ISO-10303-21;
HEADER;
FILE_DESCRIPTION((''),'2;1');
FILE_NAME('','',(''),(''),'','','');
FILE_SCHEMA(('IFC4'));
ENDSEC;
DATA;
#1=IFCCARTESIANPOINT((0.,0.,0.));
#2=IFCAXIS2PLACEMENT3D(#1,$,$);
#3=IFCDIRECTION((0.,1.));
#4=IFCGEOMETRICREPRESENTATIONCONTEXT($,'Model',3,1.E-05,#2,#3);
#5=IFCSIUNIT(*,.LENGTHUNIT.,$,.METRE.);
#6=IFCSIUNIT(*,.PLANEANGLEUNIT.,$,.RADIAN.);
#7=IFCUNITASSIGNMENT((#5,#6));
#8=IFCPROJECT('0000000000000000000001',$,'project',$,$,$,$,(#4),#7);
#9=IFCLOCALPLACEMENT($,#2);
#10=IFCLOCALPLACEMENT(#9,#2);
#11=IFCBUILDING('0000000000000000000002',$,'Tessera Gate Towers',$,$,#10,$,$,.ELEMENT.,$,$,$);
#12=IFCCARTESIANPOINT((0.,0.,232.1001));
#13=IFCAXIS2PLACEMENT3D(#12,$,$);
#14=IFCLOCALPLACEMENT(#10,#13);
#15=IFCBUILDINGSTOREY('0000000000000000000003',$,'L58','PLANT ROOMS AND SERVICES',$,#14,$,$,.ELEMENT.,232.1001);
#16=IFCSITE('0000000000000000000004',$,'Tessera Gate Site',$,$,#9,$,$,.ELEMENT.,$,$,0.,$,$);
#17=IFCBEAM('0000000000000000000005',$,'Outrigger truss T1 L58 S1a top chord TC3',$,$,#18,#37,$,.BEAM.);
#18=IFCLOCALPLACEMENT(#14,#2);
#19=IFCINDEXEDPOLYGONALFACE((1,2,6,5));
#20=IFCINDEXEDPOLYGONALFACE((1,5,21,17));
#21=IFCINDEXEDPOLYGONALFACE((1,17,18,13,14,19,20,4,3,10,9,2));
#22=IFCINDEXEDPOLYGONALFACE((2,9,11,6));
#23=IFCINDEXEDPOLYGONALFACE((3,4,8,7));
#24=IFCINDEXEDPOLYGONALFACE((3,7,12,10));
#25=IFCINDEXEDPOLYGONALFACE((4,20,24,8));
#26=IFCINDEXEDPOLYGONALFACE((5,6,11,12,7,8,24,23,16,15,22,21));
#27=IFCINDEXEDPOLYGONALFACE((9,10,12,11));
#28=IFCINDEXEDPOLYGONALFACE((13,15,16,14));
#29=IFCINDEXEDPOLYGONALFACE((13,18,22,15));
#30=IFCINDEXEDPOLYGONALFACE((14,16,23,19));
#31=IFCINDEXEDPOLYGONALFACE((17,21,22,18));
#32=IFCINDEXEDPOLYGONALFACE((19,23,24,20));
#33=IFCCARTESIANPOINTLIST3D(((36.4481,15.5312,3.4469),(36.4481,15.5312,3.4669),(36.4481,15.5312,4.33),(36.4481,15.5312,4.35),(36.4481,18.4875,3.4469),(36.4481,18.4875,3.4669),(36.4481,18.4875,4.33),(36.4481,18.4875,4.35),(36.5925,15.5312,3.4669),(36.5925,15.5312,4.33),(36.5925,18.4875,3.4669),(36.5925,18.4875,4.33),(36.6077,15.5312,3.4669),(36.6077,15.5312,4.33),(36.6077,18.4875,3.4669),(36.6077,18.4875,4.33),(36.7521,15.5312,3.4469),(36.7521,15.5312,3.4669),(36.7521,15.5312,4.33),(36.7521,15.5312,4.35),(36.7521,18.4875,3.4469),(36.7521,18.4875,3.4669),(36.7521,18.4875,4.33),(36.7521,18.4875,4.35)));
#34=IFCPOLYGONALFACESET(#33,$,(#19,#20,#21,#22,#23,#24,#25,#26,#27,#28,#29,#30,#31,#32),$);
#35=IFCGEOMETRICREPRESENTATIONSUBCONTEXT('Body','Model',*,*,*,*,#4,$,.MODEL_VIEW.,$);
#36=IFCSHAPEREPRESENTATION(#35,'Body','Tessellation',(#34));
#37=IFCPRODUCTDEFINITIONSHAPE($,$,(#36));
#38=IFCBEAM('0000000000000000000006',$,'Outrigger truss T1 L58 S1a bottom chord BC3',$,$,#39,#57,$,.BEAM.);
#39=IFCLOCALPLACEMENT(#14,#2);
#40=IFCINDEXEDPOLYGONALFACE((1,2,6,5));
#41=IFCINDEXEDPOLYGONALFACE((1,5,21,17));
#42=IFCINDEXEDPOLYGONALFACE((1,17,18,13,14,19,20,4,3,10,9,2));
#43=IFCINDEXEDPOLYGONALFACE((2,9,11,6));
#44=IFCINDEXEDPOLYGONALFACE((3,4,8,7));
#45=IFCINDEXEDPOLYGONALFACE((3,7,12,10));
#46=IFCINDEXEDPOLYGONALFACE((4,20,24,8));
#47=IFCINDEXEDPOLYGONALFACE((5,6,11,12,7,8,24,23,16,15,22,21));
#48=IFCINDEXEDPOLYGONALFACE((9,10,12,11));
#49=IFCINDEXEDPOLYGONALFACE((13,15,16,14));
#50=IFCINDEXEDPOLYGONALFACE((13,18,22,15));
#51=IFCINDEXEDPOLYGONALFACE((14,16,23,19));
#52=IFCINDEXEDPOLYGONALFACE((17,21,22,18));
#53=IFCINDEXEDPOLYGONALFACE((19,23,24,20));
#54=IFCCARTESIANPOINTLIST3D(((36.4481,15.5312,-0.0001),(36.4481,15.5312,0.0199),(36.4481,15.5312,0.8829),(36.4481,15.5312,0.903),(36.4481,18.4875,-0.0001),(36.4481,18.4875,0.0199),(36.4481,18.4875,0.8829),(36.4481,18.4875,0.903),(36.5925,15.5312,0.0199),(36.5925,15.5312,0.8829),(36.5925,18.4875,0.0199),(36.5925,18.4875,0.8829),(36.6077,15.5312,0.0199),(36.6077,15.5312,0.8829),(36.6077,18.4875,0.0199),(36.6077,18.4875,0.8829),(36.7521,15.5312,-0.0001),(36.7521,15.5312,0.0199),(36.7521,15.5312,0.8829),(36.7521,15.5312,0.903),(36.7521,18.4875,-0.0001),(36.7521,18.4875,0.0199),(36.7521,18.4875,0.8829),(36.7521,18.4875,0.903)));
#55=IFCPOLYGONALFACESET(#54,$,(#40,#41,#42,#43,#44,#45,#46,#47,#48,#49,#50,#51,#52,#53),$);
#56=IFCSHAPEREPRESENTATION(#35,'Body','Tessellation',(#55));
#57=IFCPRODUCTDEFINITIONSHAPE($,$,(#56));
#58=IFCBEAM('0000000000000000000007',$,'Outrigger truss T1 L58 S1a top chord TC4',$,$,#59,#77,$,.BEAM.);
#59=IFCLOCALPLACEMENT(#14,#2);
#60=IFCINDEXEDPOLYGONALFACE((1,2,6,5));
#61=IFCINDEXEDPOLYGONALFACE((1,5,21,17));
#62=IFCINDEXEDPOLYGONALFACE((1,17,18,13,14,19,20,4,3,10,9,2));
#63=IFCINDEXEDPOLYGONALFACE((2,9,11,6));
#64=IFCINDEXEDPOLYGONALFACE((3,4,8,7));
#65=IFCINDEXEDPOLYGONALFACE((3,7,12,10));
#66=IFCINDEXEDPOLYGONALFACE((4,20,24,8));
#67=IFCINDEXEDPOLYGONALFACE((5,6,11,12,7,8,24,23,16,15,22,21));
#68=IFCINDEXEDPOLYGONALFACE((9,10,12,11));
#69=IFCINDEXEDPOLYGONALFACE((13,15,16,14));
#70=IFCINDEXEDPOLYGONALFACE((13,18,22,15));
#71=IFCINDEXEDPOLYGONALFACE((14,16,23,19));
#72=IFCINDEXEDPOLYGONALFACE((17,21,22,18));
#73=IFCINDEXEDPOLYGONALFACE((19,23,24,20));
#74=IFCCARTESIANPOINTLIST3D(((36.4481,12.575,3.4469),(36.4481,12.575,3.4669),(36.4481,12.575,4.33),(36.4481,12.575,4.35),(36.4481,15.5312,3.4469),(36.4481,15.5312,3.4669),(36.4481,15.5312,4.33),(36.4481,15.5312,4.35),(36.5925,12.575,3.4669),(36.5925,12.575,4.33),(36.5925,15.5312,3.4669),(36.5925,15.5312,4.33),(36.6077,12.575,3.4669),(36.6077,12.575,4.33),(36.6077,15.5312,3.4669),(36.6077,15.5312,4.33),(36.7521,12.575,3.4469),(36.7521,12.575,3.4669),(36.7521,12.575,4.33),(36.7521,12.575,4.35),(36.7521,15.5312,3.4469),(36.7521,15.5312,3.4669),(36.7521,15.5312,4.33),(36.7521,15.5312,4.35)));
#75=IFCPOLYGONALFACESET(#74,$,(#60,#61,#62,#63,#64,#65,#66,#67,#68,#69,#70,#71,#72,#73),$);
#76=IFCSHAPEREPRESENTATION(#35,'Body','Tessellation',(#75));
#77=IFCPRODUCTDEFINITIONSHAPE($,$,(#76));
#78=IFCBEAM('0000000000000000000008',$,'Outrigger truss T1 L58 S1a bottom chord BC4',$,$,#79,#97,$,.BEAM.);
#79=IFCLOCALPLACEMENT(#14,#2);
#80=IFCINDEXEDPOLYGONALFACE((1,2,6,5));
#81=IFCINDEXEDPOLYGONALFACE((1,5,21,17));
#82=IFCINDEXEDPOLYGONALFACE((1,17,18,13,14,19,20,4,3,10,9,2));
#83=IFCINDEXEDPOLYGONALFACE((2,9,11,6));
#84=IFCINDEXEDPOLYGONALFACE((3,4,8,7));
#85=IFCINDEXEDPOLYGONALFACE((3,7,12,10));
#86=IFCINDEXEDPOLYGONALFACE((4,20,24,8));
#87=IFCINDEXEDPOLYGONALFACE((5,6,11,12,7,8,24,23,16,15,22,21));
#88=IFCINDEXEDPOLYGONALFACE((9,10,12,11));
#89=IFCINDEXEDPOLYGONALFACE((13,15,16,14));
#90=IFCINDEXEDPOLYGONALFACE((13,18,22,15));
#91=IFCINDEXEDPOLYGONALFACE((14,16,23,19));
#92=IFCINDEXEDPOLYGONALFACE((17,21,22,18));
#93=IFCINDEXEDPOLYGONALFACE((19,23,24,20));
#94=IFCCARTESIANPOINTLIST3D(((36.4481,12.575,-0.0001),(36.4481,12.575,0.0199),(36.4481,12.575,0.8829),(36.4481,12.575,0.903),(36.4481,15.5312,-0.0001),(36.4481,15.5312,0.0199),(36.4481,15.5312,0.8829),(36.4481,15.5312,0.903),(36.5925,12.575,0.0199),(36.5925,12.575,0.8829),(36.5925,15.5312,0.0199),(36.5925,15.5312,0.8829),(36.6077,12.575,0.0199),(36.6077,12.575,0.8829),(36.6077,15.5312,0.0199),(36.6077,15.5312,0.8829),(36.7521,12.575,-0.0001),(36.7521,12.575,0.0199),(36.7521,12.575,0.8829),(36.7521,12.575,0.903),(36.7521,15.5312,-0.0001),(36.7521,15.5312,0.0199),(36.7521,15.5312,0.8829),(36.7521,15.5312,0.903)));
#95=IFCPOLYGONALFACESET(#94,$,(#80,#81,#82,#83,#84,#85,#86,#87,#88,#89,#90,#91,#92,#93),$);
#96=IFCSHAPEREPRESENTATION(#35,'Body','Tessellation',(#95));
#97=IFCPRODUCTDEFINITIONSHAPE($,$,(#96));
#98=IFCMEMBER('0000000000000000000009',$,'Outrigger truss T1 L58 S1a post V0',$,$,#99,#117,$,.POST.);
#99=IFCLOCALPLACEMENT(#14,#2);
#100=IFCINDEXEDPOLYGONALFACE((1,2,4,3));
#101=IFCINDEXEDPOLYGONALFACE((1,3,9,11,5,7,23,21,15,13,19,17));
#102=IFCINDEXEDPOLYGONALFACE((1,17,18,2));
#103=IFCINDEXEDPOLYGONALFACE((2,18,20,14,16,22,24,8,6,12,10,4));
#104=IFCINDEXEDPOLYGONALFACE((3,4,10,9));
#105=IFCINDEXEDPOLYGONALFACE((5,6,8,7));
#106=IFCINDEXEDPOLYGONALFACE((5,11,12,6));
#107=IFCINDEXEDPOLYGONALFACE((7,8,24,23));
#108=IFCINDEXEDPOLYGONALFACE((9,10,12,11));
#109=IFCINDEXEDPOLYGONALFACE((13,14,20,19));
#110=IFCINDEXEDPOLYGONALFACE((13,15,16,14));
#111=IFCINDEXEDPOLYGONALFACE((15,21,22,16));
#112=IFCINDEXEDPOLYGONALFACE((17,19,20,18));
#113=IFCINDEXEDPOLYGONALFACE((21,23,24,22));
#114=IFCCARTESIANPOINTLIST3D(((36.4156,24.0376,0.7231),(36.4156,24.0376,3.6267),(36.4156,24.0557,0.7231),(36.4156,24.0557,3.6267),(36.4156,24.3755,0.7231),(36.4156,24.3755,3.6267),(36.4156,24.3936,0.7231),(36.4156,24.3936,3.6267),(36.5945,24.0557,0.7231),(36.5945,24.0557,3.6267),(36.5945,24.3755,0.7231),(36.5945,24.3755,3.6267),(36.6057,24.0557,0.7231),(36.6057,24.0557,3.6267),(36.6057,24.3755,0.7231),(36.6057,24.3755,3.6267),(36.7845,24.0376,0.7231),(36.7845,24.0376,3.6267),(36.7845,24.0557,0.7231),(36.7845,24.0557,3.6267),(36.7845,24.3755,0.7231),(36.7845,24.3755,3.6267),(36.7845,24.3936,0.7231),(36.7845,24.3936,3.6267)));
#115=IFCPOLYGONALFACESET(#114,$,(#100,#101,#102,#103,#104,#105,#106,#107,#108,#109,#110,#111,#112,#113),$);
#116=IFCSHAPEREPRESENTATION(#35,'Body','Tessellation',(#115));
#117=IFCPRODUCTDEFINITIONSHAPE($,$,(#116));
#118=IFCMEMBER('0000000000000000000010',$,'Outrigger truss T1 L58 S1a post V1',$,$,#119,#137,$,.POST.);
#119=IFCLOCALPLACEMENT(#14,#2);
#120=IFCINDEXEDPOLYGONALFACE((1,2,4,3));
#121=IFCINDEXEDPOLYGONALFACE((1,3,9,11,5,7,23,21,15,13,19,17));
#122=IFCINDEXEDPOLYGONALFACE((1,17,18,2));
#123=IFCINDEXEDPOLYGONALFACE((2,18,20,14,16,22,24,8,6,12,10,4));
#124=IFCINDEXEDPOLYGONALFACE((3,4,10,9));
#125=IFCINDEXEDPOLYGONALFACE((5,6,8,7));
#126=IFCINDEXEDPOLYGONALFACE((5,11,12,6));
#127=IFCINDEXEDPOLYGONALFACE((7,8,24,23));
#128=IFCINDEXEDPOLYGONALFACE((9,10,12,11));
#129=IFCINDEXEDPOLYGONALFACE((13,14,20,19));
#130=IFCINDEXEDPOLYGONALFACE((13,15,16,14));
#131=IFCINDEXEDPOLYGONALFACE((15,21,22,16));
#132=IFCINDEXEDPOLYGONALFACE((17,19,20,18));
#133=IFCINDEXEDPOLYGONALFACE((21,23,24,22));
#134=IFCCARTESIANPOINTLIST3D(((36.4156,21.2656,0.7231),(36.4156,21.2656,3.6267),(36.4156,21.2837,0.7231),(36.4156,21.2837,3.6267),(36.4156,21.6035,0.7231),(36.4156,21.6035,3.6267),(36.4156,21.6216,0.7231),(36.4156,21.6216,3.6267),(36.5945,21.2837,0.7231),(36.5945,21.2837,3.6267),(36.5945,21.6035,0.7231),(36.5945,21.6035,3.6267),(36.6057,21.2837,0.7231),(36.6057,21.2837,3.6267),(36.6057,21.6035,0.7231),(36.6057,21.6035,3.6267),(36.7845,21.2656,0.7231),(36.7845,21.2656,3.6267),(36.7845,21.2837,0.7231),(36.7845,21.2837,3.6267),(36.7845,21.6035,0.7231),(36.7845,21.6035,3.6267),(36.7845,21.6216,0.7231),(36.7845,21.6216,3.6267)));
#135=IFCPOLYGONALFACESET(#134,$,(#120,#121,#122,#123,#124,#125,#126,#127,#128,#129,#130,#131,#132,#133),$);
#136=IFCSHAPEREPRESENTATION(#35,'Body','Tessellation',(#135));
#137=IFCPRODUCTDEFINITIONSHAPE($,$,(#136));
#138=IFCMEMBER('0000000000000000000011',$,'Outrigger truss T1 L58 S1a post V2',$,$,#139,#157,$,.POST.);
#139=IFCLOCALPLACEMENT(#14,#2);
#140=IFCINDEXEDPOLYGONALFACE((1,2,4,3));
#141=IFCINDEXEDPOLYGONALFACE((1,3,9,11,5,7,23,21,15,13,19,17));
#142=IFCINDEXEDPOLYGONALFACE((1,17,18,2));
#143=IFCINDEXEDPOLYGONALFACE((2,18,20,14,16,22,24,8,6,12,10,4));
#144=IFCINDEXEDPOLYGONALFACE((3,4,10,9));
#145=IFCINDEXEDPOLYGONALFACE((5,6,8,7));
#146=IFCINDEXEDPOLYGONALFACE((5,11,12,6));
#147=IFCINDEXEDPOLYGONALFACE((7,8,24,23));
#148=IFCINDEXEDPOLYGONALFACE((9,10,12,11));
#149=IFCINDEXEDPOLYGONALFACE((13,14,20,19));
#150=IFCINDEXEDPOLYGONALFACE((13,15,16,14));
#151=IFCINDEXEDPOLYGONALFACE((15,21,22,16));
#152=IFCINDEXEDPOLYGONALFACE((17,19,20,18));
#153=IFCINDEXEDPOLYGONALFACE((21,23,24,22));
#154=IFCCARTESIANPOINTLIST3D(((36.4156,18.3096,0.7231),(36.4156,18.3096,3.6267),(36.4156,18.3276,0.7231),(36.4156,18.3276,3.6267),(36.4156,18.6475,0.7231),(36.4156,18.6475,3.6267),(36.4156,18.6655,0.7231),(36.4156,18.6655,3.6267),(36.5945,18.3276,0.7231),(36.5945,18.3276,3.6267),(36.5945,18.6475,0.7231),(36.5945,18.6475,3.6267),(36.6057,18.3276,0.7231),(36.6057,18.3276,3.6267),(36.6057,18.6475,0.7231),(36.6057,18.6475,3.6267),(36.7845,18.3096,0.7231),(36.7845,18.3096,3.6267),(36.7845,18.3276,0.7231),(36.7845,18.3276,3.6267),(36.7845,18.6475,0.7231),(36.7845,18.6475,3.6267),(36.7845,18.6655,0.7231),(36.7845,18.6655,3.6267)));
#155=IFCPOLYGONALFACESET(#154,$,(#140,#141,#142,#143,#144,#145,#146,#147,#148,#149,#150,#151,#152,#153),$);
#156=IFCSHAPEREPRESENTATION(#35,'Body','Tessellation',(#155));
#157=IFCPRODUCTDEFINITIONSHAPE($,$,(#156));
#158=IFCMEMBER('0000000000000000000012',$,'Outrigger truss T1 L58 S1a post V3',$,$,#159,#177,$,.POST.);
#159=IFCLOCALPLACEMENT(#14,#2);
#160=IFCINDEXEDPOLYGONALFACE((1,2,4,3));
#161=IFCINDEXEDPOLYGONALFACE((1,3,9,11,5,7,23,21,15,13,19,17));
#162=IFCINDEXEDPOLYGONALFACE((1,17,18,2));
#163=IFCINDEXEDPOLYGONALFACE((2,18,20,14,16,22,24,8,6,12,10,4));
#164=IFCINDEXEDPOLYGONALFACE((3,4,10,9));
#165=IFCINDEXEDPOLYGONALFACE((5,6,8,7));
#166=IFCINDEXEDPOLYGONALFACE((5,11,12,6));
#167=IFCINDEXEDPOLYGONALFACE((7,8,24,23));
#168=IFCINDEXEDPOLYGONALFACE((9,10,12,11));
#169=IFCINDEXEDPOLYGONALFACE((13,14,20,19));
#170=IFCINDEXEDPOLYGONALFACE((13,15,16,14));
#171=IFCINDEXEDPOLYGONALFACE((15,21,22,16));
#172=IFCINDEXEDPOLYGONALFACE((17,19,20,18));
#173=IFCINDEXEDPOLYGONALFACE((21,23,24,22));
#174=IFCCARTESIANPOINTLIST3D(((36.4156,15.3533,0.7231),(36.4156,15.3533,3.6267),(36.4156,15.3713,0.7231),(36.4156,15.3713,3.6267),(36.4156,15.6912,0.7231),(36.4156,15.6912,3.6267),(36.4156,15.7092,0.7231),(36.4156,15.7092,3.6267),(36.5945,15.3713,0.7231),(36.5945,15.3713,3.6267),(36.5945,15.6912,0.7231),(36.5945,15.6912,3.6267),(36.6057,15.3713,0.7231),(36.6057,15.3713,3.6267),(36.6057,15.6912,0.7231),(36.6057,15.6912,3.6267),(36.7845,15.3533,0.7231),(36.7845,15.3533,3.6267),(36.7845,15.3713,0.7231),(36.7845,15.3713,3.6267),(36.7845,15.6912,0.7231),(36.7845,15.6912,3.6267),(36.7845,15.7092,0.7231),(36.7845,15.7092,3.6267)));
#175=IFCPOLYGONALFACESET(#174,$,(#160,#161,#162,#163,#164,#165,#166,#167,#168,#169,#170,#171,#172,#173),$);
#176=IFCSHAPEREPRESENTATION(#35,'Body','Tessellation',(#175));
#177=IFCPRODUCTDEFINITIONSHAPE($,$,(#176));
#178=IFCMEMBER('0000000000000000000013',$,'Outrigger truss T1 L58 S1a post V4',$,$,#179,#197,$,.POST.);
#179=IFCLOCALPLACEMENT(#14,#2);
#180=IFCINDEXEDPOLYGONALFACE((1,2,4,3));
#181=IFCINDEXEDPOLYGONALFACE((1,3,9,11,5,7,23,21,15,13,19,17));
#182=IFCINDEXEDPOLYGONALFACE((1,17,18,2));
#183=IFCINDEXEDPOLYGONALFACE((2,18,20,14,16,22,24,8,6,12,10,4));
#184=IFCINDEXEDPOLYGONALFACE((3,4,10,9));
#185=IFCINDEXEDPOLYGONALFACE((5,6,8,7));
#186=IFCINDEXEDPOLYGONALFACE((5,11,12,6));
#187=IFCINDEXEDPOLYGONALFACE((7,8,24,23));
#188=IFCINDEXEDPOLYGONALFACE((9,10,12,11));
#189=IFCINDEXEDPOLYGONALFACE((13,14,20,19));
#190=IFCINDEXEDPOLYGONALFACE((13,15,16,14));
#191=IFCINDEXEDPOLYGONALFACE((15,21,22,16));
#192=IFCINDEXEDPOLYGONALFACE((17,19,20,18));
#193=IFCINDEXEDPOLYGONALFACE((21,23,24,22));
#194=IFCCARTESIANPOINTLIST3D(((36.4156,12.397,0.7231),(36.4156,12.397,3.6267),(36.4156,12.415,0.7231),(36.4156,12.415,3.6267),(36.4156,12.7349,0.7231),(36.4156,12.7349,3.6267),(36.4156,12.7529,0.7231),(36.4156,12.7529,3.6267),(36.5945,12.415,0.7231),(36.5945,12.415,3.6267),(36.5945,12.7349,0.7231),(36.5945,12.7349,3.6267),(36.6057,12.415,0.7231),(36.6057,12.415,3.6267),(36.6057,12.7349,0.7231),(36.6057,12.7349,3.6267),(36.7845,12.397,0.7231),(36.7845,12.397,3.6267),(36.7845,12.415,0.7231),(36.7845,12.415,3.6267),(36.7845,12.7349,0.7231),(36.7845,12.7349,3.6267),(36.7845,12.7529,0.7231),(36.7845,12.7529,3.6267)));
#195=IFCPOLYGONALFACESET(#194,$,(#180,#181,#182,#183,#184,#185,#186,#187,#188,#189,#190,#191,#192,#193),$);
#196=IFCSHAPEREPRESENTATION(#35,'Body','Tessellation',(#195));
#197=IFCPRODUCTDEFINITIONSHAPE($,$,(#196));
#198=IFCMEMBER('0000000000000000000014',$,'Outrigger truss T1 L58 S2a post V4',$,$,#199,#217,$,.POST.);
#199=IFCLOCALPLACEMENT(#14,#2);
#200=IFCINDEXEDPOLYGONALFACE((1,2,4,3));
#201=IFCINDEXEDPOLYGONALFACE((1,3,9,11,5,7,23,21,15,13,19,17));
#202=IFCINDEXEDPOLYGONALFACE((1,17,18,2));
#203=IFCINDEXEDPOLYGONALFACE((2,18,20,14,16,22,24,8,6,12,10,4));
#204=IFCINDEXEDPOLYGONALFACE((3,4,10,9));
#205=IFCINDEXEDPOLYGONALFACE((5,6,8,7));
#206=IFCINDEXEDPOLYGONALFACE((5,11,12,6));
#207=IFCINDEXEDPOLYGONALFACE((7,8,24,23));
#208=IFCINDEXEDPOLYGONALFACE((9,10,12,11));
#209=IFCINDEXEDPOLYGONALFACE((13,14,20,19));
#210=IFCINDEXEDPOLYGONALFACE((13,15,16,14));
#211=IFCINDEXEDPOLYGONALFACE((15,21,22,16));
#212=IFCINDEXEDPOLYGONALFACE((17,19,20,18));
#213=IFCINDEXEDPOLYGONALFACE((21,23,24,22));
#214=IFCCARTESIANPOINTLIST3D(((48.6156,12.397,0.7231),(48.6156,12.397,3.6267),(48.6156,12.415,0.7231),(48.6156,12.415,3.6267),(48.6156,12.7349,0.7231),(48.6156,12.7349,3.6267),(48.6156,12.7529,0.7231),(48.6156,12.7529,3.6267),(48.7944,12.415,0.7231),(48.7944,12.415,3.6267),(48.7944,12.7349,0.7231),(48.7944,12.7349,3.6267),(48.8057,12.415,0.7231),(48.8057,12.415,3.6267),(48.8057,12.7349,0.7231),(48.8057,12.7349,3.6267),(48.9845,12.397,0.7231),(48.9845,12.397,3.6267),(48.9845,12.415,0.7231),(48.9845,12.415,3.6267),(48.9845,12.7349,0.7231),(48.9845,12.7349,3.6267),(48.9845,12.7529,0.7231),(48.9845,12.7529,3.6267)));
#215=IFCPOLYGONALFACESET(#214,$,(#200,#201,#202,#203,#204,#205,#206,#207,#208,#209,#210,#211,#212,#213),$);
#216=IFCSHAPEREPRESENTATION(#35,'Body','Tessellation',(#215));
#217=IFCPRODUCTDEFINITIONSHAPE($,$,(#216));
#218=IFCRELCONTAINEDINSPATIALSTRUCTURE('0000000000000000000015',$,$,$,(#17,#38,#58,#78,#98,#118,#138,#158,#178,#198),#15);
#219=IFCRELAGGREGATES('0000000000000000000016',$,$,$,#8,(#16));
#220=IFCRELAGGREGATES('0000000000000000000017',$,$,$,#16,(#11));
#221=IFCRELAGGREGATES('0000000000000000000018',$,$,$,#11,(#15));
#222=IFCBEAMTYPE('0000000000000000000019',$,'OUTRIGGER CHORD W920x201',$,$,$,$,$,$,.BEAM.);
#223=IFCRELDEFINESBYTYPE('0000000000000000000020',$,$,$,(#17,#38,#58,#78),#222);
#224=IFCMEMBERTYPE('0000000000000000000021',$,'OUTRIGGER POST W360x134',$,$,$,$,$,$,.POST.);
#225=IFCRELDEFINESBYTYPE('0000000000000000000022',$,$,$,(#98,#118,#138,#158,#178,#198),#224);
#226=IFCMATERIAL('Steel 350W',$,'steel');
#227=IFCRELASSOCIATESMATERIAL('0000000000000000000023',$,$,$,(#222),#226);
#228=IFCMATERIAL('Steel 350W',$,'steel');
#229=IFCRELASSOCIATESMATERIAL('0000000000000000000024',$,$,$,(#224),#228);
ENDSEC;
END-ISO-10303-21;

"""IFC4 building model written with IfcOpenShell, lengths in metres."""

from ifc_helpers import new_model, si_unit, direction, frame, origin, origin_2d, place, context, subcontext, project, spatial, i_section, extrude, material, material_profile, profile_set, type_object, element, save


model = new_model("IFC4")

# Units and contexts
model_context = context("Model", 3, precision=1e-05, world=origin(), true_north=direction((0.0, 1.0)))
body_context = subcontext(model_context, "Body", "Model", "MODEL_VIEW")
ifc_project = project(units=[si_unit("LENGTHUNIT", "METRE"), si_unit("PLANEANGLEUNIT", "RADIAN")], contexts=[model_context])

# Site, building, storey
site_placement = place(None, origin())
site = spatial("IfcSite", under=ifc_project, at=site_placement, Name="Tessera Gate Site", CompositionType="ELEMENT", RefElevation=0.0)
building_placement = place(site_placement, origin())
building = spatial("IfcBuilding", under=site, at=building_placement, Name="Tessera Gate Towers", CompositionType="ELEMENT")
storey_placement = place(building_placement, frame((0.0, 0.0, 232.1001)))
storey = spatial("IfcBuildingStorey", under=building, at=storey_placement, Name="L58", Description="PLANT ROOMS AND SERVICES", CompositionType="ELEMENT", Elevation=232.1001)

# Beams
ifc_material_1 = material(Name="Steel 350W", Category="steel")
ifc_material_profile_1 = material_profile(ifc_material_1, i_section(OverallWidth=0.304, OverallDepth=0.9031, WebThickness=0.0151, FlangeThickness=0.02, at=origin_2d()), Name="W920x201")
ifc_profile_set_1 = profile_set([ifc_material_profile_1], Name="Steel 350W")
beam_type_1 = type_object("IfcBeamType", Name="OUTRIGGER CHORD W920x201", PredefinedType="BEAM", material=ifc_profile_set_1)
for number, where, z_axis, x_axis, name in (
    (1, (36.6001, 18.4875, 3.8984), (0.0, -1.0, 0.0), (1.0, 0.0, 0.0), "Outrigger truss T1 L58 S1a top chord TC3"),
    (2, (36.6001, 18.4875, 0.4514), (0.0, -1.0, 0.0), (1.0, 0.0, 0.0), "Outrigger truss T1 L58 S1a bottom chord BC3"),
    (3, (36.6001, 15.5312, 3.8984), (0.0, -1.0, 0.0), (1.0, 0.0, 0.0), "Outrigger truss T1 L58 S1a top chord TC4"),
    (4, (36.6001, 15.5312, 0.4514), (0.0, -1.0, 0.0), (1.0, 0.0, 0.0), "Outrigger truss T1 L58 S1a bottom chord BC4"),
):
    element("IfcBeam", number, at=place(storey_placement, frame(where, z_axis=z_axis, x_axis=x_axis)), inside=storey, type_object=beam_type_1, Name=name, PredefinedType="BEAM", context=body_context, shape_type="SweptSolid", body=[
        extrude(i_section(OverallWidth=0.304, OverallDepth=0.9031, WebThickness=0.0151, FlangeThickness=0.02, at=origin_2d()), origin(), (0.0, 0.0, 1.0), 2.9563),
    ])

# Members
ifc_material_2 = material(Name="Steel 350W", Category="steel")
ifc_material_profile_2 = material_profile(ifc_material_2, i_section(OverallWidth=0.3689, OverallDepth=0.356, WebThickness=0.0112, FlangeThickness=0.0181, at=origin_2d()), Name="W360x134")
ifc_profile_set_2 = profile_set([ifc_material_profile_2], Name="Steel 350W")
member_type_1 = type_object("IfcMemberType", Name="OUTRIGGER POST W360x134", PredefinedType="POST", material=ifc_profile_set_2)
for number, where, z_axis, x_axis, name in (
    (5, (36.6001, 24.2156, 0.7231), (0.0, 0.0, 1.0), (1.0, 0.0, 0.0), "Outrigger truss T1 L58 S1a post V0"),
    (6, (36.6001, 21.4436, 0.7231), (0.0, 0.0, 1.0), (1.0, 0.0, 0.0), "Outrigger truss T1 L58 S1a post V1"),
    (7, (36.6001, 18.4875, 0.7231), (0.0, 0.0, 1.0), (1.0, 0.0, 0.0), "Outrigger truss T1 L58 S1a post V2"),
    (8, (36.6001, 15.5312, 0.7231), (0.0, 0.0, 1.0), (1.0, 0.0, 0.0), "Outrigger truss T1 L58 S1a post V3"),
    (9, (36.6001, 12.575, 0.7231), (0.0, 0.0, 1.0), (1.0, 0.0, 0.0), "Outrigger truss T1 L58 S1a post V4"),
    (10, (48.8, 12.575, 0.7231), (0.0, 0.0, 1.0), (1.0, 0.0, 0.0), "Outrigger truss T1 L58 S2a post V4"),
):
    element("IfcMember", number, at=place(storey_placement, frame(where, z_axis=z_axis, x_axis=x_axis)), inside=storey, type_object=member_type_1, Name=name, PredefinedType="POST", context=body_context, shape_type="SweptSolid", body=[
        extrude(i_section(OverallWidth=0.3689, OverallDepth=0.356, WebThickness=0.0112, FlangeThickness=0.0181, at=origin_2d()), origin(), (0.0, 0.0, 1.0), 2.9036),
    ])

save(model, "model.ifc")
